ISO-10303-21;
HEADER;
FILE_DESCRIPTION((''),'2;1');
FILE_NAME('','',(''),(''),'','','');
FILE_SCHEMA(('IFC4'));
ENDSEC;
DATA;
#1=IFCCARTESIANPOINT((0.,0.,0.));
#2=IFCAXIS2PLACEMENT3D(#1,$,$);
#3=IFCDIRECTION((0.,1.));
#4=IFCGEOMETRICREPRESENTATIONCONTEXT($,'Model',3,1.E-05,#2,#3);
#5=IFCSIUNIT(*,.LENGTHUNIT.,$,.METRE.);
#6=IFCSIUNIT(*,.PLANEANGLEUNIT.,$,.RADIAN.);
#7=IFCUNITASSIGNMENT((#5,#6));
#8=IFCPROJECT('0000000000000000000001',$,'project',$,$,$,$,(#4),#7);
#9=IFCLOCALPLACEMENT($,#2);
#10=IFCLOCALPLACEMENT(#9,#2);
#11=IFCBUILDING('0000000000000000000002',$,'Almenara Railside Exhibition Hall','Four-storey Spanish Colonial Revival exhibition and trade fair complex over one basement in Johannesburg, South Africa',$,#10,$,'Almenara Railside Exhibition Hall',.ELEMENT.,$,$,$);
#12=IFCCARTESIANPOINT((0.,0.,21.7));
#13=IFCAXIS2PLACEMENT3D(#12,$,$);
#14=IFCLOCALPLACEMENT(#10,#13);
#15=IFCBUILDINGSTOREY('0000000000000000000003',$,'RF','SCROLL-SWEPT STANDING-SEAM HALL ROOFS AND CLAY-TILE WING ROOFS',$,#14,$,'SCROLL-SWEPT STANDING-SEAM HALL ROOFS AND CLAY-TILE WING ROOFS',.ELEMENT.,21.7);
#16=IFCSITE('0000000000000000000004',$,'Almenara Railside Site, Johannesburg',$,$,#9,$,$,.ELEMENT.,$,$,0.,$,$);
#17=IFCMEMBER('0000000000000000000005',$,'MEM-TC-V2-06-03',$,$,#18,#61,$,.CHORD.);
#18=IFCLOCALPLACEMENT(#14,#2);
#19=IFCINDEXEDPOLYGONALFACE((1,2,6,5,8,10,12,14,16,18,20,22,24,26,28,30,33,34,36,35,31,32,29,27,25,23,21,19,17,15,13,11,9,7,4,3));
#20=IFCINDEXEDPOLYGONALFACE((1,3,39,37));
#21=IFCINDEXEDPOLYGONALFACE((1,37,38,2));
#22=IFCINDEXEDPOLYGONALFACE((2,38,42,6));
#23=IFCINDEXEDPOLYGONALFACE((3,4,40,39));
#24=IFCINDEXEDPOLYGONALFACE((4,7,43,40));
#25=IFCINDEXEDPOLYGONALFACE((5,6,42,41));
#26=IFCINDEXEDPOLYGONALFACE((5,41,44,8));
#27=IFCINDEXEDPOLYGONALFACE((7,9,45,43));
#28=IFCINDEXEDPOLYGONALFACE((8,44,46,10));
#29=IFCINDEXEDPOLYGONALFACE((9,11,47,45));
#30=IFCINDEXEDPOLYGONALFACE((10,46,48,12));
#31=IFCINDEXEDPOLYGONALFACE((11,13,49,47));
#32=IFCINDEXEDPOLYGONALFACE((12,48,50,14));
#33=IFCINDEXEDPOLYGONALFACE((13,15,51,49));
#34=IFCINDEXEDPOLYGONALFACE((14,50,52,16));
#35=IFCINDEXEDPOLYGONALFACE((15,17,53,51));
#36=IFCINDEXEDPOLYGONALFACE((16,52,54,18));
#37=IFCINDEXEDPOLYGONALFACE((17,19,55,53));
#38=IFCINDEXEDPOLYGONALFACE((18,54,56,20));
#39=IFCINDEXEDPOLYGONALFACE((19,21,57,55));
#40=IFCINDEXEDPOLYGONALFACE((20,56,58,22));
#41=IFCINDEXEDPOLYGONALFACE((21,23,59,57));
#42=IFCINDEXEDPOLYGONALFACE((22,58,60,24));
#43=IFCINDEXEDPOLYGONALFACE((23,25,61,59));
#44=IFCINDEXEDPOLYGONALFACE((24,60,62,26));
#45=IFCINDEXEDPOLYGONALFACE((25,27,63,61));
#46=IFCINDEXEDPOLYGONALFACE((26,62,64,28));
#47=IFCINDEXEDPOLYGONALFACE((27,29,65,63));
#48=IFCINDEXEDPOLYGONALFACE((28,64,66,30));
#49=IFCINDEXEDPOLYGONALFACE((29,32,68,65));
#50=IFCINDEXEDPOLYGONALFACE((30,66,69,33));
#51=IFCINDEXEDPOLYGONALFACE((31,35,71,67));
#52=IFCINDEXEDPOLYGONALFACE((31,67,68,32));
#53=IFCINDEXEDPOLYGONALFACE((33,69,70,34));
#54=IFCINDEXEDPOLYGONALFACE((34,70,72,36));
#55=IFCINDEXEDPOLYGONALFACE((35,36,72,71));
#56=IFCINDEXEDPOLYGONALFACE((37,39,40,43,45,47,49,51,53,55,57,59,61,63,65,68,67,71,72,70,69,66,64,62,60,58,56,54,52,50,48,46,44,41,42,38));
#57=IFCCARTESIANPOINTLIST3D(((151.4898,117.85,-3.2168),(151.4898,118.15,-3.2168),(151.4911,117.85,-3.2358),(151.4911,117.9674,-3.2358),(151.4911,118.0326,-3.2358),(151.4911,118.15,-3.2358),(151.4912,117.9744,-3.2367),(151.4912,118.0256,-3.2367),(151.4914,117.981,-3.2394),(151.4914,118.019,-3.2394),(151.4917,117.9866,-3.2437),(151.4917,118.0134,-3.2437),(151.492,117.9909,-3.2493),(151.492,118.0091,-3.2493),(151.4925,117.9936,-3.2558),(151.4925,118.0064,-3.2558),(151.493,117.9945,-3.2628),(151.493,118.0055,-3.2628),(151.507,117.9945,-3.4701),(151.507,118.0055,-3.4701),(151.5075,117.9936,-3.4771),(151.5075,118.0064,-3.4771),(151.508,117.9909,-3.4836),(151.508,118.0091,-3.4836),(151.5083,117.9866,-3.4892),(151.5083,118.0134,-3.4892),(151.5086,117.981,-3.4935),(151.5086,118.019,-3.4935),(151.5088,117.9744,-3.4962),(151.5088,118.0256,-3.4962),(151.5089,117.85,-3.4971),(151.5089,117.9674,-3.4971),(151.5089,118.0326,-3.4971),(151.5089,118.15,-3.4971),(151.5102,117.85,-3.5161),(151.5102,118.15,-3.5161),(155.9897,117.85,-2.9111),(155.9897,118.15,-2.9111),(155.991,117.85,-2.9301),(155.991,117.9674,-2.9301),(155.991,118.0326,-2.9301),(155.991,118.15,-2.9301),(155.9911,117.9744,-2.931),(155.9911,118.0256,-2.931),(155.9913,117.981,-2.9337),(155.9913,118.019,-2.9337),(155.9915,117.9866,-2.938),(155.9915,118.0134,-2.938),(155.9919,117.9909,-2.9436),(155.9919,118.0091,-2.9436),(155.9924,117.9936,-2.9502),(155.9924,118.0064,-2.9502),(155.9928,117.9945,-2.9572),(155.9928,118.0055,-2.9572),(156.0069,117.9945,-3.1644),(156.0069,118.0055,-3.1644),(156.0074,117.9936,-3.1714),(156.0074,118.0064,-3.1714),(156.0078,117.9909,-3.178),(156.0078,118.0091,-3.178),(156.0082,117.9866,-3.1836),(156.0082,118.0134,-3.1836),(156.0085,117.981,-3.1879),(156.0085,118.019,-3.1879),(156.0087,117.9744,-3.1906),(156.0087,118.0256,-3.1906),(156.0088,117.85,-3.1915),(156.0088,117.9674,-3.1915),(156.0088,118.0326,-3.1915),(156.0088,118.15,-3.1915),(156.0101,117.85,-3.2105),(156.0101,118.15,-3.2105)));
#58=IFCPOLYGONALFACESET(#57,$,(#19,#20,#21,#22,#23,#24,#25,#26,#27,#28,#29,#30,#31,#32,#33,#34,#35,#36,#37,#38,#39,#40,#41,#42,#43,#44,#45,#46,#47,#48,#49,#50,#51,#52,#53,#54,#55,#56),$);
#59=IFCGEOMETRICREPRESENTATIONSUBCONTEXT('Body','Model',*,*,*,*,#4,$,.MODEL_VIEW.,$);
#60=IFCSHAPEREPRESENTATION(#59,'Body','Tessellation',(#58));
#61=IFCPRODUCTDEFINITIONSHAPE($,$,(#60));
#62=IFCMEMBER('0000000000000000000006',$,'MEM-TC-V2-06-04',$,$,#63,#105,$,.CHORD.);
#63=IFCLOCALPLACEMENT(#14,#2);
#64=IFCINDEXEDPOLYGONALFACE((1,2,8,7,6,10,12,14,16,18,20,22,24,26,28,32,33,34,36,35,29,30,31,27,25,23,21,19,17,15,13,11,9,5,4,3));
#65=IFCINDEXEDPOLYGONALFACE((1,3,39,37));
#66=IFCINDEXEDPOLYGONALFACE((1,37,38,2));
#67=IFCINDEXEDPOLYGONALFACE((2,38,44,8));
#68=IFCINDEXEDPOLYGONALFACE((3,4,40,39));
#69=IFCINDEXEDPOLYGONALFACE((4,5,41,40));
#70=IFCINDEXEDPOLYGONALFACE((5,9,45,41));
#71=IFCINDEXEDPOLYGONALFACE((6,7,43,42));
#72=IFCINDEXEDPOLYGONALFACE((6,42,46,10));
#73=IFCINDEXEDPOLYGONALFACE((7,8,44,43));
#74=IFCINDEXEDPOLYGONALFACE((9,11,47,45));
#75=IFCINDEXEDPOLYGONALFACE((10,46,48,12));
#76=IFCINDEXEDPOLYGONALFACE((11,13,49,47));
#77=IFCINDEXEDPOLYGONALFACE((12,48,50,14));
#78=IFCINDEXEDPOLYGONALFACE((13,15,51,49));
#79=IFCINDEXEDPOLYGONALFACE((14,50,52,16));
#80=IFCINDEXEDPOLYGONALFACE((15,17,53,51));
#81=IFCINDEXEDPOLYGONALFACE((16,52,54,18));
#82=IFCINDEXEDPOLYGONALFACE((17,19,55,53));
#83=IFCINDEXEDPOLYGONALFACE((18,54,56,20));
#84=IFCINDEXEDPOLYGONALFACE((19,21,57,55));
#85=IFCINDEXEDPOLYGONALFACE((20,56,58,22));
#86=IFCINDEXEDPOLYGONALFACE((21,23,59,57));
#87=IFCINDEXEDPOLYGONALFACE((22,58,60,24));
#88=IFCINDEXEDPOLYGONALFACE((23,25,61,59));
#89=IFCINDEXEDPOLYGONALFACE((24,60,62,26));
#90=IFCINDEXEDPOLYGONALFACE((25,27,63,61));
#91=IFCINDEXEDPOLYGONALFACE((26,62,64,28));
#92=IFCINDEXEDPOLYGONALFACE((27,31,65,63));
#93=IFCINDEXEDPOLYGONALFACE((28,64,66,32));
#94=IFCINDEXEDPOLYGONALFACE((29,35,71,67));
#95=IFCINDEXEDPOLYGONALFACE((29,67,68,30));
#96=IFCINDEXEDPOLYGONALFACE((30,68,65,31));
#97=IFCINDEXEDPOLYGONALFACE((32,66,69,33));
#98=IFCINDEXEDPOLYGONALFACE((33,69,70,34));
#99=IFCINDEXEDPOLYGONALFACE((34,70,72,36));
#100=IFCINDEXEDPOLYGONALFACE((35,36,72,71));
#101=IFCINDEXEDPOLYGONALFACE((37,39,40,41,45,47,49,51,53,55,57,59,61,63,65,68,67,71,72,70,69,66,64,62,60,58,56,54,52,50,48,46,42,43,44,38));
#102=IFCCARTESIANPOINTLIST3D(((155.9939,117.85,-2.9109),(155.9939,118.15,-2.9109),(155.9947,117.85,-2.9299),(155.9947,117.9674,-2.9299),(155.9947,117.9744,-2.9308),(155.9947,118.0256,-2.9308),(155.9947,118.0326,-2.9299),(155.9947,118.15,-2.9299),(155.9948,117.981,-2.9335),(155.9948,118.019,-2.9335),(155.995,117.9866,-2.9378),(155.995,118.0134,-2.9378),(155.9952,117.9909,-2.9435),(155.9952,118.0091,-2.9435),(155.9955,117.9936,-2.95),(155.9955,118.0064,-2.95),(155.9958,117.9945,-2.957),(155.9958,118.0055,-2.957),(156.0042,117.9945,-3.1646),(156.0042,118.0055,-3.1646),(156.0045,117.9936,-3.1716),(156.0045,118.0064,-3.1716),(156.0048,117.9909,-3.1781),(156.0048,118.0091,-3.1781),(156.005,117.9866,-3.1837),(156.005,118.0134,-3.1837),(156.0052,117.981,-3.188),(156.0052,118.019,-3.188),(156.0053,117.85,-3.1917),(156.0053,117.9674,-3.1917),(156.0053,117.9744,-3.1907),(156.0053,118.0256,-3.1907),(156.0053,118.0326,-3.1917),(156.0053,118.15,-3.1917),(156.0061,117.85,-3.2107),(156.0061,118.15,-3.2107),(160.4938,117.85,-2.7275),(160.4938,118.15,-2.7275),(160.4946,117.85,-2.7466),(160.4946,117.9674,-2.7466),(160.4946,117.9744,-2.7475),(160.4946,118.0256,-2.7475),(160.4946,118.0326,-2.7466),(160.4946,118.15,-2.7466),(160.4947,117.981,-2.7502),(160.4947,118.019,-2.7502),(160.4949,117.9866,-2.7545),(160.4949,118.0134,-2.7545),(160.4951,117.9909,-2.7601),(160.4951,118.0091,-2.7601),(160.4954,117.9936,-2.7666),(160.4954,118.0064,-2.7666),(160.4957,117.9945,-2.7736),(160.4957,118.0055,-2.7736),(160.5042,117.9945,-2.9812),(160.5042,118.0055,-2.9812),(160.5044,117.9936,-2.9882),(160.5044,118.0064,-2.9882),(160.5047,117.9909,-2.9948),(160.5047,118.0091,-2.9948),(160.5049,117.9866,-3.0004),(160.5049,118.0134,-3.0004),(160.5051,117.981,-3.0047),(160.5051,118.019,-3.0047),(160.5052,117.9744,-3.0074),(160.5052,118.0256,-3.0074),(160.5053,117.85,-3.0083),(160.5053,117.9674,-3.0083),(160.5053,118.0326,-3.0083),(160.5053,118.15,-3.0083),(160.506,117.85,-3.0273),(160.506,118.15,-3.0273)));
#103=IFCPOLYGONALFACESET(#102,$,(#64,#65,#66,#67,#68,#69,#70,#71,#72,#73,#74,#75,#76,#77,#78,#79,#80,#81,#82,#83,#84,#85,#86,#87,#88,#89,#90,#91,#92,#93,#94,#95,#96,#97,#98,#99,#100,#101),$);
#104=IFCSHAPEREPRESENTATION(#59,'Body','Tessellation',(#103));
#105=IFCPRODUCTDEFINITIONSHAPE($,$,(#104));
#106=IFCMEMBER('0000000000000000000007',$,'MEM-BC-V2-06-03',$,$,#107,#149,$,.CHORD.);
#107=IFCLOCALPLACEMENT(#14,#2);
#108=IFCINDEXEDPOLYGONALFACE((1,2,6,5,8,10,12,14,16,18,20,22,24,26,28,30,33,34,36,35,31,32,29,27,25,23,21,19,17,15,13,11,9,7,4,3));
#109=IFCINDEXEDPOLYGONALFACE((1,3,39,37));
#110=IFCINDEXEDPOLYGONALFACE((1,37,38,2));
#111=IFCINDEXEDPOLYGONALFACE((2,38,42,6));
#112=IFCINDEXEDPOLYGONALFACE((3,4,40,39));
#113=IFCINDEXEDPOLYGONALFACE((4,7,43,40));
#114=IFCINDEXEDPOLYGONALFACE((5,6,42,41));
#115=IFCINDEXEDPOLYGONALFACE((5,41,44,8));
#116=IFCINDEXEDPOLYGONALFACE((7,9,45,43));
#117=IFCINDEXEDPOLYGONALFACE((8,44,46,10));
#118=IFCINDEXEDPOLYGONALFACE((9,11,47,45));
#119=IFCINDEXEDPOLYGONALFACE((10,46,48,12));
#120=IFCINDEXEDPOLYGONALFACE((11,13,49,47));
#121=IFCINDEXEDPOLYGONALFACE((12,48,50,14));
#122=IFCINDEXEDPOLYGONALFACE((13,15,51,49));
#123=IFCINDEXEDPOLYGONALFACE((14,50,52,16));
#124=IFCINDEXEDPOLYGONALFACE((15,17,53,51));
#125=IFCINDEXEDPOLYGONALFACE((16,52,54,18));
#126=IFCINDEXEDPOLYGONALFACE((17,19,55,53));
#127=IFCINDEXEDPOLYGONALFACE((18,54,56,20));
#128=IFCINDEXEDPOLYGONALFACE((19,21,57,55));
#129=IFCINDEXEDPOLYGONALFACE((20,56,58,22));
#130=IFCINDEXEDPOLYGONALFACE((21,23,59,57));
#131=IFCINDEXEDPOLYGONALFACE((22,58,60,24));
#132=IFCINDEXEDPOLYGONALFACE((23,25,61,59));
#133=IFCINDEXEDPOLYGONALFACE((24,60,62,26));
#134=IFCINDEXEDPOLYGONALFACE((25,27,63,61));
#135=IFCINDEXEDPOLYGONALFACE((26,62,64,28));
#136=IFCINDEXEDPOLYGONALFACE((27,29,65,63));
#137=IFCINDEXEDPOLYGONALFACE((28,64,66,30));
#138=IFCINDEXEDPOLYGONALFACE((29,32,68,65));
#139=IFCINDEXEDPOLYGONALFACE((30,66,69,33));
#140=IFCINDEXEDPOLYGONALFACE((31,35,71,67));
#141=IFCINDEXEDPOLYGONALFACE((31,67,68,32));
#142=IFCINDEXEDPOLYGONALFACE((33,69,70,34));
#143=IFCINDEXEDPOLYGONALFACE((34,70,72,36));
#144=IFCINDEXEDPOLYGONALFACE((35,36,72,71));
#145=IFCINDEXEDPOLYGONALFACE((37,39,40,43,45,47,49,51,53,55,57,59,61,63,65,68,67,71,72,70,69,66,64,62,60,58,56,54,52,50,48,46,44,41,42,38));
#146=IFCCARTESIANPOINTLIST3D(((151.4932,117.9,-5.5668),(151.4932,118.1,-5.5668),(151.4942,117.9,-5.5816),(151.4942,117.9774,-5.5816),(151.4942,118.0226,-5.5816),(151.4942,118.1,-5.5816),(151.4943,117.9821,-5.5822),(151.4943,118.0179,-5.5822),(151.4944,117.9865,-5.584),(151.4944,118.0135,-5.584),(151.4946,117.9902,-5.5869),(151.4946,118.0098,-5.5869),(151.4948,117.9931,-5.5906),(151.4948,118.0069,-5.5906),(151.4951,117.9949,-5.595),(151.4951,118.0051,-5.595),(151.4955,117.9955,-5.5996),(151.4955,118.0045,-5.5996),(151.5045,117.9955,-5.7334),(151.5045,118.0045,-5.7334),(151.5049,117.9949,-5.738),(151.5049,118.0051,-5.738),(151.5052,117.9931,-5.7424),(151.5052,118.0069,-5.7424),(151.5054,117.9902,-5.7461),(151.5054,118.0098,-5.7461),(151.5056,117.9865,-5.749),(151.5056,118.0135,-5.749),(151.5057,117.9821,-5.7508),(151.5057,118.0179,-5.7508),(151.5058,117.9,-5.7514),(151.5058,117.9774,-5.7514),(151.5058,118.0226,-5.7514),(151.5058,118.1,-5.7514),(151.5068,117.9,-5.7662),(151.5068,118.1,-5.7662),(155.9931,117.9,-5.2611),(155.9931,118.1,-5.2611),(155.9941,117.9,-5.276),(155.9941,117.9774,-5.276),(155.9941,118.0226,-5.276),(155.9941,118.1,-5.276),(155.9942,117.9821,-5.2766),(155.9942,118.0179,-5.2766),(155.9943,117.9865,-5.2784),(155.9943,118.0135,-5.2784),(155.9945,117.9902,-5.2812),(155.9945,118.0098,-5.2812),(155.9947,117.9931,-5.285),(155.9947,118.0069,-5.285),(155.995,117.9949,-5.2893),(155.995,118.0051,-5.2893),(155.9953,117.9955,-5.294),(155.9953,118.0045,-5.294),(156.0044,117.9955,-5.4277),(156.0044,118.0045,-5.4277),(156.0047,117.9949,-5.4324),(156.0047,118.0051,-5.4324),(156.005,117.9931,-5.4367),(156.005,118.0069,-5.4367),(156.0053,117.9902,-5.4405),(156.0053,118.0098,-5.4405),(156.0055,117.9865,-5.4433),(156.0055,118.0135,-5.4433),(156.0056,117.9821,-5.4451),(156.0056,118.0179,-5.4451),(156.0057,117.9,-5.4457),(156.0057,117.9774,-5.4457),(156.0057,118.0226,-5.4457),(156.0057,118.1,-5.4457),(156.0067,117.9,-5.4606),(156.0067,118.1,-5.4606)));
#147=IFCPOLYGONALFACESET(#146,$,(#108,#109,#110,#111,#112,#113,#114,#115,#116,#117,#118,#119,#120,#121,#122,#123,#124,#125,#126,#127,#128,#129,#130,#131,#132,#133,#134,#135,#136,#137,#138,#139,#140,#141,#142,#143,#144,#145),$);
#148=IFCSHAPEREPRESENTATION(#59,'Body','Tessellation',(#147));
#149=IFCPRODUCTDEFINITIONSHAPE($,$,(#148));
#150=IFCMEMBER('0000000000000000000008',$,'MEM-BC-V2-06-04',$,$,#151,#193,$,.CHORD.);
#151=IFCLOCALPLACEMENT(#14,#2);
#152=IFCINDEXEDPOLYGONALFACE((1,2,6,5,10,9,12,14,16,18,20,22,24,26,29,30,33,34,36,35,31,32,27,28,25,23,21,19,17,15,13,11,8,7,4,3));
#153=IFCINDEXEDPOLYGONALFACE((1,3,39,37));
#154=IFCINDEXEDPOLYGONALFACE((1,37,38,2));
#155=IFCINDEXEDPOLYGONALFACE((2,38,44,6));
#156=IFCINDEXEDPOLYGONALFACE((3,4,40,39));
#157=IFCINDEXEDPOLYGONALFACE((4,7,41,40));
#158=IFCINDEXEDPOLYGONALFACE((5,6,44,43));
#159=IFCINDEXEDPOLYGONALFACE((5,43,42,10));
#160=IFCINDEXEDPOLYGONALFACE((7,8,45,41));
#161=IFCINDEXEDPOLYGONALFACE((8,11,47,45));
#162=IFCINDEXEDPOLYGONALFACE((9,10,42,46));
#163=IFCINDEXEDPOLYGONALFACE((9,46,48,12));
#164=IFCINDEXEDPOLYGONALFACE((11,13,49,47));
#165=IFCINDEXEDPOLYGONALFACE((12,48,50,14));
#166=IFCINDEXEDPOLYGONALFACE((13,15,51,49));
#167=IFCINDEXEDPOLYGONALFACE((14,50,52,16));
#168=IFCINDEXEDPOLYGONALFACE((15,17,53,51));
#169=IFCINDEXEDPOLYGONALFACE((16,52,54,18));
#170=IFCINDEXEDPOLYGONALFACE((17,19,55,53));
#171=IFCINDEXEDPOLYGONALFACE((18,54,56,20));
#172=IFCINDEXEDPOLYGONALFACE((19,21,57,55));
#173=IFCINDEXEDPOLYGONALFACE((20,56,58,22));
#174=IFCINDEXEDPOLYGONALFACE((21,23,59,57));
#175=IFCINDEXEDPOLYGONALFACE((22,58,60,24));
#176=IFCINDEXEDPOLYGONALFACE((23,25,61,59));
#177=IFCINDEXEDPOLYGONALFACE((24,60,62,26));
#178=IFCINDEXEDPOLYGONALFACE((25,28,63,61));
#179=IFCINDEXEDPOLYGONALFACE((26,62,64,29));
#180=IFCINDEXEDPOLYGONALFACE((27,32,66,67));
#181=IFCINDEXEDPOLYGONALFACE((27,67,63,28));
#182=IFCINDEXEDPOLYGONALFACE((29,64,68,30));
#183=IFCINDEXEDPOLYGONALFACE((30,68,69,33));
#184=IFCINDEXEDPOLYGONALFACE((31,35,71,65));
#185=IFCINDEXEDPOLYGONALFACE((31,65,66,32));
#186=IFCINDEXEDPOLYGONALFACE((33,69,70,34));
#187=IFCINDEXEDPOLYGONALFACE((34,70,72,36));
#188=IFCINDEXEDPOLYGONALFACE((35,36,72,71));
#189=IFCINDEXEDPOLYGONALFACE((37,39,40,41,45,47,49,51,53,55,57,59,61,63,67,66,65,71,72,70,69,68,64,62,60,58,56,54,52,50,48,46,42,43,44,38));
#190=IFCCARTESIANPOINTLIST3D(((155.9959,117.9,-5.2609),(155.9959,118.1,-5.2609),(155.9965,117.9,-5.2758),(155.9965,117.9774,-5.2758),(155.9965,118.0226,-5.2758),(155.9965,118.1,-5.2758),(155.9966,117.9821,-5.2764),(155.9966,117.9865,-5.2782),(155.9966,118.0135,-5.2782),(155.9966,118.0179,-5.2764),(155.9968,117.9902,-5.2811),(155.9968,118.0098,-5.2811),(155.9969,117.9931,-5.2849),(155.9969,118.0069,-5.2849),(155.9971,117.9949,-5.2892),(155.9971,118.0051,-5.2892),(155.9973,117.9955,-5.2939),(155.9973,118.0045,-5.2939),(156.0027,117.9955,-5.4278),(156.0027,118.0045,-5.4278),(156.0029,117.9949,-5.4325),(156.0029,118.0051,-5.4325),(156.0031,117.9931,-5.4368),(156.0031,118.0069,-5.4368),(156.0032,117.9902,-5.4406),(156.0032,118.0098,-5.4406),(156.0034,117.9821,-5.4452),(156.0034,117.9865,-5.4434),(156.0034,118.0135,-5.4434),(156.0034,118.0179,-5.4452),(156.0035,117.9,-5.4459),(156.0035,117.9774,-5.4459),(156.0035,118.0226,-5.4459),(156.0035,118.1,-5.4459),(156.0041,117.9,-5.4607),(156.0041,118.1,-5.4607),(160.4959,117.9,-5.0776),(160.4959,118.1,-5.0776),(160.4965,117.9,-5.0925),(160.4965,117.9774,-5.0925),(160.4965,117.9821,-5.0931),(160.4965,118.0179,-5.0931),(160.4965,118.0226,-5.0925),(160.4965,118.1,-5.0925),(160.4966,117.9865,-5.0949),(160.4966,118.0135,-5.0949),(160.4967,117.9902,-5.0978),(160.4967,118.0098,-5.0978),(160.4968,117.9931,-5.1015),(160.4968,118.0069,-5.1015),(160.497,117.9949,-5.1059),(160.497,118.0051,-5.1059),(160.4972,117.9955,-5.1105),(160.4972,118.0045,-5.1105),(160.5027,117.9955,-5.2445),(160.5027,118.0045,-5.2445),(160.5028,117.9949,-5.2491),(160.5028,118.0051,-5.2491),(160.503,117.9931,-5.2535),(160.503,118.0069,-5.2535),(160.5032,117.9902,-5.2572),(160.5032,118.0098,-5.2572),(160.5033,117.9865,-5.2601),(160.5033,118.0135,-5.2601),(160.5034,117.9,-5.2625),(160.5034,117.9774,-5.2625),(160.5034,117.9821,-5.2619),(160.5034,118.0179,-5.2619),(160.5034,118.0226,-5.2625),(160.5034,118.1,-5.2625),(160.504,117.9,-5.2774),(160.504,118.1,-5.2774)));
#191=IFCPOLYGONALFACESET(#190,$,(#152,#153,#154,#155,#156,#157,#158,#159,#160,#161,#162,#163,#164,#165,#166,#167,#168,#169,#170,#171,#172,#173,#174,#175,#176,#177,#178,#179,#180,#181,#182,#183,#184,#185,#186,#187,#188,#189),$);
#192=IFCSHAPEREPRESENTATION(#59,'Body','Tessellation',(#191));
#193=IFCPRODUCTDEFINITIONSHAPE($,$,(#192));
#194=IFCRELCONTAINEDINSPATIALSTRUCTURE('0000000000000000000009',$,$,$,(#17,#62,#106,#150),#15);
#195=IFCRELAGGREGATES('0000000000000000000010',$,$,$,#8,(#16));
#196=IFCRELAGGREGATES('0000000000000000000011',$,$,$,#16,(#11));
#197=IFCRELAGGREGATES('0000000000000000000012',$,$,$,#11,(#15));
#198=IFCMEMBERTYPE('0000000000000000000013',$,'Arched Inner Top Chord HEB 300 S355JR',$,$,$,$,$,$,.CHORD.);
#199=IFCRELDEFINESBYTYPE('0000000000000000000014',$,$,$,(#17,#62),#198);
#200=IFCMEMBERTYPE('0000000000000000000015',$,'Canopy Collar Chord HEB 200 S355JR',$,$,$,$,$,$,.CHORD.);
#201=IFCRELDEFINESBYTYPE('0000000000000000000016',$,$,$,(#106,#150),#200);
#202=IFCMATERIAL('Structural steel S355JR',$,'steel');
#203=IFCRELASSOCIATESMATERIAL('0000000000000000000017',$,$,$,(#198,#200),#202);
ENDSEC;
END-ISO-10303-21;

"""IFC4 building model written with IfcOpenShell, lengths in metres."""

from ifc_helpers import new_model, si_unit, direction, frame, origin, origin_2d, place, context, subcontext, project, spatial, i_section, extrude, material, material_profile, profile_set, type_object, element, save


model = new_model("IFC4")

# Units and contexts
model_context = context("Model", 3, precision=1e-05, world=origin(), true_north=direction((0.0, 1.0)))
body_context = subcontext(model_context, "Body", "Model", "MODEL_VIEW")
ifc_project = project(units=[si_unit("LENGTHUNIT", "METRE"), si_unit("PLANEANGLEUNIT", "RADIAN")], contexts=[model_context])

# Site, building, storey
site_placement = place(None, origin())
site = spatial("IfcSite", under=ifc_project, at=site_placement, Name="Almenara Railside Site, Johannesburg", CompositionType="ELEMENT", RefElevation=0.0)
building_placement = place(site_placement, origin())
building = spatial("IfcBuilding", under=site, at=building_placement, Name="Almenara Railside Exhibition Hall", Description="Four-storey Spanish Colonial Revival exhibition and trade fair complex over one basement in Johannesburg, South Africa", LongName="Almenara Railside Exhibition Hall", CompositionType="ELEMENT")
storey_placement = place(building_placement, frame((0.0, 0.0, 21.7)))
storey = spatial("IfcBuildingStorey", under=building, at=storey_placement, Name="RF", Description="SCROLL-SWEPT STANDING-SEAM HALL ROOFS AND CLAY-TILE WING ROOFS", LongName="SCROLL-SWEPT STANDING-SEAM HALL ROOFS AND CLAY-TILE WING ROOFS", CompositionType="ELEMENT", Elevation=21.7)

# Members
ifc_material_1 = material(Name="Structural steel S355JR", Category="steel")
ifc_material_profile_1 = material_profile(ifc_material_1, i_section(OverallWidth=0.3, OverallDepth=0.3, WebThickness=0.011, FlangeThickness=0.019, FilletRadius=0.0271, at=origin_2d()), Name="HEB 300")
ifc_profile_set_1 = profile_set([ifc_material_profile_1], Name="Structural steel S355JR")
member_type_1 = type_object("IfcMemberType", Name="Arched Inner Top Chord HEB 300 S355JR", PredefinedType="CHORD", material=ifc_profile_set_1)
member_1_placement = place(storey_placement, frame((151.5, 118.0, -3.3665), z_axis=(0.997701, 0.0, 0.067769), x_axis=(0.0, 1.0, 0.0)))
element("IfcMember", 1, at=member_1_placement, inside=storey, type_object=member_type_1, Name="MEM-TC-V2-06-03", PredefinedType="CHORD", context=body_context, shape_type="SweptSolid", body=[
    extrude(i_section(OverallWidth=0.3, OverallDepth=0.3, WebThickness=0.011, FlangeThickness=0.019, FilletRadius=0.0271, at=origin_2d()), origin(), (0.0, 0.0, 1.0), 4.5103),
])
member_2_placement = place(storey_placement, frame((156.0, 118.0, -3.0608), z_axis=(0.999171, 0.0, 0.040711), x_axis=(0.0, 1.0, 0.0)))
element("IfcMember", 2, at=member_2_placement, inside=storey, type_object=member_type_1, Name="MEM-TC-V2-06-04", PredefinedType="CHORD", context=body_context, shape_type="SweptSolid", body=[
    extrude(i_section(OverallWidth=0.3, OverallDepth=0.3, WebThickness=0.011, FlangeThickness=0.019, FilletRadius=0.0271, at=origin_2d()), origin(), (0.0, 0.0, 1.0), 4.5037),
])
ifc_material_profile_2 = material_profile(ifc_material_1, i_section(OverallWidth=0.2, OverallDepth=0.2, WebThickness=0.009, FlangeThickness=0.0149, FilletRadius=0.0181, at=origin_2d()), Name="HEB 200")
ifc_profile_set_2 = profile_set([ifc_material_profile_2], Name="Structural steel S355JR")
member_type_2 = type_object("IfcMemberType", Name="Canopy Collar Chord HEB 200 S355JR", PredefinedType="CHORD", material=ifc_profile_set_2)
member_3_placement = place(storey_placement, frame((151.5, 118.0, -5.6665), z_axis=(0.997701, 0.0, 0.067769), x_axis=(0.0, 1.0, 0.0)))
element("IfcMember", 3, at=member_3_placement, inside=storey, type_object=member_type_2, Name="MEM-BC-V2-06-03", PredefinedType="CHORD", context=body_context, shape_type="SweptSolid", body=[
    extrude(i_section(OverallWidth=0.2, OverallDepth=0.2, WebThickness=0.009, FlangeThickness=0.0149, FilletRadius=0.0181, at=origin_2d()), origin(), (0.0, 0.0, 1.0), 4.5103),
])
member_4_placement = place(storey_placement, frame((156.0, 118.0, -5.3608), z_axis=(0.999171, 0.0, 0.040711), x_axis=(0.0, 1.0, 0.0)))
element("IfcMember", 4, at=member_4_placement, inside=storey, type_object=member_type_2, Name="MEM-BC-V2-06-04", PredefinedType="CHORD", context=body_context, shape_type="SweptSolid", body=[
    extrude(i_section(OverallWidth=0.2, OverallDepth=0.2, WebThickness=0.009, FlangeThickness=0.0149, FilletRadius=0.0181, at=origin_2d()), origin(), (0.0, 0.0, 1.0), 4.5037),
])

save(model, "model.ifc")
